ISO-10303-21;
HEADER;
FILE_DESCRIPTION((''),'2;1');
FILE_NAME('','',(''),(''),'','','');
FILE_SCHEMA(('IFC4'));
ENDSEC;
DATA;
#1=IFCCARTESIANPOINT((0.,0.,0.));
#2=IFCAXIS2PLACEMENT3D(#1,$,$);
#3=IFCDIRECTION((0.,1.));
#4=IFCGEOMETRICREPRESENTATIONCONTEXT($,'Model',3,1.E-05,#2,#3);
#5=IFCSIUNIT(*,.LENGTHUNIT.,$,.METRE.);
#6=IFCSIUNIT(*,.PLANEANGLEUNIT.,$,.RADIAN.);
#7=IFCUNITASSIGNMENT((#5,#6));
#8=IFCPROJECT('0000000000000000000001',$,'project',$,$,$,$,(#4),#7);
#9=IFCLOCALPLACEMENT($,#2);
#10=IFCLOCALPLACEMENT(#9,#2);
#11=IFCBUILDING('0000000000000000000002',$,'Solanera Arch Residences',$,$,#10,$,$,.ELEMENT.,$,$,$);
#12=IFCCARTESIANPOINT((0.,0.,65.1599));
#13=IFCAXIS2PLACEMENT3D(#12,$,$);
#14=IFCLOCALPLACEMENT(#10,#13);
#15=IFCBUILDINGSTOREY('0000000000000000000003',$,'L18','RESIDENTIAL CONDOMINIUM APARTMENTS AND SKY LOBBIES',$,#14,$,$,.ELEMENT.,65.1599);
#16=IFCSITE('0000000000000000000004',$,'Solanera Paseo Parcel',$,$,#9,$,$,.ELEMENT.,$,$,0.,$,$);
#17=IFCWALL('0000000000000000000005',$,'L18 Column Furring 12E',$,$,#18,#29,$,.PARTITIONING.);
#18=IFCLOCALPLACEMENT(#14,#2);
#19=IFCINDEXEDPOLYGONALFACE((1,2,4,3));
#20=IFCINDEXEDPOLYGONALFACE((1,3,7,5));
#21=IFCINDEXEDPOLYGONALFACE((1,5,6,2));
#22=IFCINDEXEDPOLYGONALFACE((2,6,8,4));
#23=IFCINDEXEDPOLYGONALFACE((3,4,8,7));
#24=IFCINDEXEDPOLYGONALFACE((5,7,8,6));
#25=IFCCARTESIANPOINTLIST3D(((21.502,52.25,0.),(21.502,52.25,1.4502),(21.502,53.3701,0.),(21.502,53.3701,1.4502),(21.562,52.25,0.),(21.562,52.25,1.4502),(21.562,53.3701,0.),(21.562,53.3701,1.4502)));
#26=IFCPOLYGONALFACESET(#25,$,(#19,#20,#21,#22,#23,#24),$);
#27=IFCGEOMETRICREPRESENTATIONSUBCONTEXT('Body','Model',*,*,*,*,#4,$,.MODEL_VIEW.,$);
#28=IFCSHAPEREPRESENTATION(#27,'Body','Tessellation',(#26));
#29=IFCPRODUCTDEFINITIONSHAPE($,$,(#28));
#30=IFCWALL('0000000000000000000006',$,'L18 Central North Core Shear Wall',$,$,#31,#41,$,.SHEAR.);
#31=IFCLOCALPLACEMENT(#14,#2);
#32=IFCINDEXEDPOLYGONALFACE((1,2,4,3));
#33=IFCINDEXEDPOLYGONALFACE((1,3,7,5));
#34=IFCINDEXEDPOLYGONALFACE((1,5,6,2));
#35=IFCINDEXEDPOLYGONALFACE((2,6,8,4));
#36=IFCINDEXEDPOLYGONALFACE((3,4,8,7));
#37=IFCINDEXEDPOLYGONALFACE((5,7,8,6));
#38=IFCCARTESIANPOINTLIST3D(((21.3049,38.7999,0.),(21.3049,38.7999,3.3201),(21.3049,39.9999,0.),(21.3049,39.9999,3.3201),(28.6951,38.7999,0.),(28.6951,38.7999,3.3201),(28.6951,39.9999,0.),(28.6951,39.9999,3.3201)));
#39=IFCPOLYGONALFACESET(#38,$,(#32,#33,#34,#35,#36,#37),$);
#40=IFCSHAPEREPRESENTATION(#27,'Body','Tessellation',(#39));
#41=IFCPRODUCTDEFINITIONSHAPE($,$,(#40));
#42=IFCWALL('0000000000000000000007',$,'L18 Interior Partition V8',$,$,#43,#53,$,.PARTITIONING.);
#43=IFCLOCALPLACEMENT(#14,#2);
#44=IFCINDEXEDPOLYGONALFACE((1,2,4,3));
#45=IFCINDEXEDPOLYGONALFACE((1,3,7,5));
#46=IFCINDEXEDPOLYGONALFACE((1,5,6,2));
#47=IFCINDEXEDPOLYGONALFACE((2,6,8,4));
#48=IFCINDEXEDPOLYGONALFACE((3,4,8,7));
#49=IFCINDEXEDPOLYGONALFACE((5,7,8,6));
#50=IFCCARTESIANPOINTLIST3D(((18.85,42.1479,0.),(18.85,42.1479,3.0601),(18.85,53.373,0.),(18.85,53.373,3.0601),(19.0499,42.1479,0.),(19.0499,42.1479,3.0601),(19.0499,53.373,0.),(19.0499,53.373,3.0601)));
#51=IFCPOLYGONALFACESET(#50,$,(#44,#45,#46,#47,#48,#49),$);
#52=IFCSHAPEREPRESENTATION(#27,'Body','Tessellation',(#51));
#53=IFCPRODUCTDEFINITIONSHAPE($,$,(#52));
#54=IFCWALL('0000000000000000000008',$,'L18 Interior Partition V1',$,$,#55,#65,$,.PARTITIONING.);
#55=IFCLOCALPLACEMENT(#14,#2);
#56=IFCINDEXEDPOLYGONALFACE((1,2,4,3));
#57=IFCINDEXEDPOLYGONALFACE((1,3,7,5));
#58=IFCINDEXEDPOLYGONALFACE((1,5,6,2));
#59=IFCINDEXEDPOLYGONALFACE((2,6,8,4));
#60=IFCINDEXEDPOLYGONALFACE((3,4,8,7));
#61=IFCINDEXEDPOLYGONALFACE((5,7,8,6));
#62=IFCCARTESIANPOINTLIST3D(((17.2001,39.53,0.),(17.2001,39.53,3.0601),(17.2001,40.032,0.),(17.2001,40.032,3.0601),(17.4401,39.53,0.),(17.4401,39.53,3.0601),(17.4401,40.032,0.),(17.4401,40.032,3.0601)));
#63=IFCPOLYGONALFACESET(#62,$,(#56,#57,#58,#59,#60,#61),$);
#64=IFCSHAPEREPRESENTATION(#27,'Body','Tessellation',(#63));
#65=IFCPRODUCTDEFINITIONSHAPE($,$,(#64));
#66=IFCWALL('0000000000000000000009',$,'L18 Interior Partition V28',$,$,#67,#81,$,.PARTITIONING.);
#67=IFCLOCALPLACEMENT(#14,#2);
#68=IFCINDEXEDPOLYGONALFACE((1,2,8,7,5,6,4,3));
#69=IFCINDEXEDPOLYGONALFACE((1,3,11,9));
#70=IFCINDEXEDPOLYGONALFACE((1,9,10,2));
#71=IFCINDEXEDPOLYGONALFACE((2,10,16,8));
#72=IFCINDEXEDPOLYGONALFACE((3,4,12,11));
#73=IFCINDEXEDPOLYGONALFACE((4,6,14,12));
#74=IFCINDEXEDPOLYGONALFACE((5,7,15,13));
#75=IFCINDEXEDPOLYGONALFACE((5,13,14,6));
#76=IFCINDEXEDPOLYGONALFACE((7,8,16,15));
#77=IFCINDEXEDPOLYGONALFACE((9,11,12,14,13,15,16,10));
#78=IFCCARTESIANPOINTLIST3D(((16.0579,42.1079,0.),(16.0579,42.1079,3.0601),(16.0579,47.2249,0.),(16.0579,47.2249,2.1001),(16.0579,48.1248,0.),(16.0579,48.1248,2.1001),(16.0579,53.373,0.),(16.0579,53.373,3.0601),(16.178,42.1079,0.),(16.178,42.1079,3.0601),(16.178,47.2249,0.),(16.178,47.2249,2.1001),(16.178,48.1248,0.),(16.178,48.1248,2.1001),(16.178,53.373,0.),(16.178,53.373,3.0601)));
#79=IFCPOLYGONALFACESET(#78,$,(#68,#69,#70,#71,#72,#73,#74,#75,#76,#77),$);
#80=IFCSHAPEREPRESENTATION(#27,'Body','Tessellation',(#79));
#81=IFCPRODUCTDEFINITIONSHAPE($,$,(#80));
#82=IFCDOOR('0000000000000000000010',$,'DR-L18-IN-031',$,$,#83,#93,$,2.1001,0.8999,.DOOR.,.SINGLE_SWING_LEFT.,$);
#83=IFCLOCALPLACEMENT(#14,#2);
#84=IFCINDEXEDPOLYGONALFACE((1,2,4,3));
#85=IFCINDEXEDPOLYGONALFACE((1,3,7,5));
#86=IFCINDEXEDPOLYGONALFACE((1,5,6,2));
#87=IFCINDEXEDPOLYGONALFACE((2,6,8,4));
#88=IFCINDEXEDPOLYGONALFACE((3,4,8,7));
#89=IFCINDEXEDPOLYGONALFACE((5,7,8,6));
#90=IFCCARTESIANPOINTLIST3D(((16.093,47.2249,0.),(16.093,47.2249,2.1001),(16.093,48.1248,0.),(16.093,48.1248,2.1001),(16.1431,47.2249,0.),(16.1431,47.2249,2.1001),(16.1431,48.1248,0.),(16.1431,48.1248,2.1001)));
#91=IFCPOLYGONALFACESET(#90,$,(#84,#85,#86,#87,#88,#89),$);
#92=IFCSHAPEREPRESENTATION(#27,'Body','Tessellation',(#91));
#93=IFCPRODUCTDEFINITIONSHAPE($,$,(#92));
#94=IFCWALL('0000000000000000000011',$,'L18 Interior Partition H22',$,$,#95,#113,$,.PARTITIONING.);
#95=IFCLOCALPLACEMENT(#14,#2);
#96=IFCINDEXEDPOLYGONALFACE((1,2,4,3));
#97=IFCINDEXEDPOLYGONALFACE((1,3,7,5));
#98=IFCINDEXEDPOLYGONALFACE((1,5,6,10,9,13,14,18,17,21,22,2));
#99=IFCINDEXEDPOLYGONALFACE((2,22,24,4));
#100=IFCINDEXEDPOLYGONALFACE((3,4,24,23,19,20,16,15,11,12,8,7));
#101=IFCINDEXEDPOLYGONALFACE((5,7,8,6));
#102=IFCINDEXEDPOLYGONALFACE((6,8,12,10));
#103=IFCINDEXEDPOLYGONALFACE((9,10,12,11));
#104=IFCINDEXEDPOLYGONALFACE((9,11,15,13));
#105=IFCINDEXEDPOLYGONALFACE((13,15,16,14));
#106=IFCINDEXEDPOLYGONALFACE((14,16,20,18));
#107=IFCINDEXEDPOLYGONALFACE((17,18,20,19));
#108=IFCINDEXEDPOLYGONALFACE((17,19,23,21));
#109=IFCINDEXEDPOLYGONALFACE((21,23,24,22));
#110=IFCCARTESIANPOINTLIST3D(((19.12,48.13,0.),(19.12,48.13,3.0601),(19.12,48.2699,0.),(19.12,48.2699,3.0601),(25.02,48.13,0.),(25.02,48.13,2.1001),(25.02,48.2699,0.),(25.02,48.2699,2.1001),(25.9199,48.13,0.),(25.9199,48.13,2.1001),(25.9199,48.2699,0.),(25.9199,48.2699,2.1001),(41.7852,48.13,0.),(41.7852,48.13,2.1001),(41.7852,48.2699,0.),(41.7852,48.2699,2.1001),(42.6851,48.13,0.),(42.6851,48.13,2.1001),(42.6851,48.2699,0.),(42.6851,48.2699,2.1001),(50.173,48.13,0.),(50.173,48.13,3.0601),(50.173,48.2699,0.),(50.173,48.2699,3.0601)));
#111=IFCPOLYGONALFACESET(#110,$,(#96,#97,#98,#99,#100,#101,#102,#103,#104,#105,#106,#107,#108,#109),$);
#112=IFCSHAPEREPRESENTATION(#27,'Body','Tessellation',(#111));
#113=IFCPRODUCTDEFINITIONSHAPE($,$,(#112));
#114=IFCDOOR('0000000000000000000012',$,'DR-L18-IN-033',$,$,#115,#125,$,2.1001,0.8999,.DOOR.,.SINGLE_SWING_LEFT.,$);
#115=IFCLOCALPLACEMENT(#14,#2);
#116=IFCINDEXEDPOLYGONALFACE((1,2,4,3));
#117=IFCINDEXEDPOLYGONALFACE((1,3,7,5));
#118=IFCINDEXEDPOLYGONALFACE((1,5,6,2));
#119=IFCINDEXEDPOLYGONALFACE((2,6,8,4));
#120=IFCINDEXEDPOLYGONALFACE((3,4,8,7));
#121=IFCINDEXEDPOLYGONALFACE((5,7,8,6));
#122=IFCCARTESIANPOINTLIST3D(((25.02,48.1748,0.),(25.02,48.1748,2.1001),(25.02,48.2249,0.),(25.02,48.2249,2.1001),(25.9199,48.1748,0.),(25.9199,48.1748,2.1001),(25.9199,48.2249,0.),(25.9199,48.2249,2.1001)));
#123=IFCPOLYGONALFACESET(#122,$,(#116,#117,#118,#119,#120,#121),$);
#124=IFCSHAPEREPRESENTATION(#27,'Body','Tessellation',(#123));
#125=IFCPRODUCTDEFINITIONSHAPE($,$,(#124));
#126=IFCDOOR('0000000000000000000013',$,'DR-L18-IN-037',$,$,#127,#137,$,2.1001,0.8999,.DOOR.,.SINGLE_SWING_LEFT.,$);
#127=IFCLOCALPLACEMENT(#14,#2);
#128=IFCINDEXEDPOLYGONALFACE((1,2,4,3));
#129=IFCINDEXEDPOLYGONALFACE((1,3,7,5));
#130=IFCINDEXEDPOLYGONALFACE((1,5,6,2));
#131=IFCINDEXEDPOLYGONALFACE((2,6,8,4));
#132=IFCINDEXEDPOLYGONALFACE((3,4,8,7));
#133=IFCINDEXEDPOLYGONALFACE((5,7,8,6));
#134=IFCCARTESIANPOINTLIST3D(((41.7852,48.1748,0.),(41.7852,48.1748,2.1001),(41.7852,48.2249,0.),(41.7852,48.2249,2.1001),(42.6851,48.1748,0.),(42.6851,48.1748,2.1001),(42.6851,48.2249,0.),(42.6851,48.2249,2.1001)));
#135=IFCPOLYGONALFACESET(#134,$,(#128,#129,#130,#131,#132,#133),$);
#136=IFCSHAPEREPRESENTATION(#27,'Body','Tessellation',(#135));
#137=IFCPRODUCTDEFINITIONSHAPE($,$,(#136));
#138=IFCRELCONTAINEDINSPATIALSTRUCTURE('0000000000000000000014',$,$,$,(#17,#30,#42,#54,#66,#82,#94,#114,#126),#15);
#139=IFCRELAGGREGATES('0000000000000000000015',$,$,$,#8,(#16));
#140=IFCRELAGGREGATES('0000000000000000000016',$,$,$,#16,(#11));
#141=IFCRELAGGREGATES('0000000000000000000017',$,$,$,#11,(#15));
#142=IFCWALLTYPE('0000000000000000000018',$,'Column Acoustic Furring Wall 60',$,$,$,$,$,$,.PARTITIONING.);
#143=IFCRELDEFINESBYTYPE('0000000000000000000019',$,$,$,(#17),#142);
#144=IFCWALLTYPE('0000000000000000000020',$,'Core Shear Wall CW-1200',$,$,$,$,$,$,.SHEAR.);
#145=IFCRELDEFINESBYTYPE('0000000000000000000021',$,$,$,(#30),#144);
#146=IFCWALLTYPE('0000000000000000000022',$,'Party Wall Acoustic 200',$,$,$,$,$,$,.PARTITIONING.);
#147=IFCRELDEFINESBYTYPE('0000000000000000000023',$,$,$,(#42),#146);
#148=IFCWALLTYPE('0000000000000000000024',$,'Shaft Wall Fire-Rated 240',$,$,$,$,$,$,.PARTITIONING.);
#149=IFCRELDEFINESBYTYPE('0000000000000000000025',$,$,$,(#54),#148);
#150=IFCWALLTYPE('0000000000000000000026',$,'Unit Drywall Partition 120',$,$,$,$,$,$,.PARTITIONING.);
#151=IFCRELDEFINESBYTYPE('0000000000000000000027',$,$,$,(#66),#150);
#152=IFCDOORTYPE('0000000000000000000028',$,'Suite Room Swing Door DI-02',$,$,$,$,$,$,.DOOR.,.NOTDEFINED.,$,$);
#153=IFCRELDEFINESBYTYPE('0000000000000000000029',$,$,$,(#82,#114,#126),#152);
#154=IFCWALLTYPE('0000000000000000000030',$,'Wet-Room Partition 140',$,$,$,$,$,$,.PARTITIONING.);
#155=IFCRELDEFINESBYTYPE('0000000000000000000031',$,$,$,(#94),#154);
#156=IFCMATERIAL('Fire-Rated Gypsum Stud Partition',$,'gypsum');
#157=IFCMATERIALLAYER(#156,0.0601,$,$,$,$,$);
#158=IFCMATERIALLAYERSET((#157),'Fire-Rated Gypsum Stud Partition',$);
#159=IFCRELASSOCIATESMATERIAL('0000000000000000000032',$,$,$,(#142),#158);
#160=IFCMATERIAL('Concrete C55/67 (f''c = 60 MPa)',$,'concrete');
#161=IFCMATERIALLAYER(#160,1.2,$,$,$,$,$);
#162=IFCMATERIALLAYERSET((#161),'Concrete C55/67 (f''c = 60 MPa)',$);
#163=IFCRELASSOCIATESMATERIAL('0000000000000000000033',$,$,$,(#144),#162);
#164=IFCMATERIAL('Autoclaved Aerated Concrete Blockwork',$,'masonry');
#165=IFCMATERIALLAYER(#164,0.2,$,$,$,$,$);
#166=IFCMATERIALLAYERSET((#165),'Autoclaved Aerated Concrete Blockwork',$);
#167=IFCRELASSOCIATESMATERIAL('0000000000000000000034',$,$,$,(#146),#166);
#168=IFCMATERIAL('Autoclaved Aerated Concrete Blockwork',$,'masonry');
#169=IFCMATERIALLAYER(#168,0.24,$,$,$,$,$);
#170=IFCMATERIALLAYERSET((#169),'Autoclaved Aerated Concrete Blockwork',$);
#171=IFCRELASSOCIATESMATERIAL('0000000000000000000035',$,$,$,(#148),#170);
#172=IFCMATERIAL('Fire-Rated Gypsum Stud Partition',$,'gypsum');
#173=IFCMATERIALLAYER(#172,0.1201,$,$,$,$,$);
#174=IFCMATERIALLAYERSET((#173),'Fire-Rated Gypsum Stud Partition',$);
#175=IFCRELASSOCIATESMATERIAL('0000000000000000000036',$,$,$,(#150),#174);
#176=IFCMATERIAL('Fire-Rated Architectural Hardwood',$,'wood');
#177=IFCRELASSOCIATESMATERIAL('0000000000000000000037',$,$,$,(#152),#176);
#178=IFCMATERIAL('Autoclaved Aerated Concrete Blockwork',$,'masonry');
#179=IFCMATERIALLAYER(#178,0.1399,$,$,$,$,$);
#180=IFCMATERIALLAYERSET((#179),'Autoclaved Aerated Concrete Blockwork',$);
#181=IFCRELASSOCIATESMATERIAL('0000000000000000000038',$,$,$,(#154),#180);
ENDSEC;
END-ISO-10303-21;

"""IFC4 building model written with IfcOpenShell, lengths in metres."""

from ifc_helpers import new_model, si_unit, direction, frame, frame_2d, origin, place, context, subcontext, project, spatial, rectangle, extrude, material, layer, layer_set, type_object, element, fill, save


model = new_model("IFC4")

# Units and contexts
model_context = context("Model", 3, precision=1e-05, world=origin(), true_north=direction((0.0, 1.0)))
body_context = subcontext(model_context, "Body", "Model", "MODEL_VIEW")
ifc_project = project(units=[si_unit("LENGTHUNIT", "METRE"), si_unit("PLANEANGLEUNIT", "RADIAN")], contexts=[model_context])

# Site, building, storey
site_placement = place(None, origin())
site = spatial("IfcSite", under=ifc_project, at=site_placement, Name="Solanera Paseo Parcel", CompositionType="ELEMENT", RefElevation=0.0)
building_placement = place(site_placement, origin())
building = spatial("IfcBuilding", under=site, at=building_placement, Name="Solanera Arch Residences", CompositionType="ELEMENT")
storey_placement = place(building_placement, frame((0.0, 0.0, 65.1599)))
storey = spatial("IfcBuildingStorey", under=building, at=storey_placement, Name="L18", Description="RESIDENTIAL CONDOMINIUM APARTMENTS AND SKY LOBBIES", CompositionType="ELEMENT", Elevation=65.1599)

# Walls
ifc_material_1 = material(Name="Fire-Rated Gypsum Stud Partition", Category="gypsum")
ifc_layer_1 = layer(ifc_material_1, 0.0601)
ifc_layer_set_1 = layer_set([ifc_layer_1], Name="Fire-Rated Gypsum Stud Partition")
wall_type_1 = type_object("IfcWallType", Name="Column Acoustic Furring Wall 60", PredefinedType="PARTITIONING", material=ifc_layer_set_1)
for number, where, z_axis, x_axis, name in (
    (1, (21.532, 52.25, 0.0), (0.0, 0.0, 1.0), (0.0, 1.0, 0.0), "L18 Column Furring 12E"),
):
    element("IfcWall", number, at=place(storey_placement, frame(where, z_axis=z_axis, x_axis=x_axis)), inside=storey, type_object=wall_type_1, Name=name, PredefinedType="PARTITIONING", context=body_context, shape_type="SweptSolid", body=[
        extrude(rectangle(XDim=1.1201, YDim=0.0601, at=frame_2d((0.5601, 0.0))), origin(), (0.0, 0.0, 1.0), 1.4502),
    ])
ifc_material_2 = material(Name="Concrete C55/67 (f'c = 60 MPa)", Category="concrete")
ifc_layer_2 = layer(ifc_material_2, 1.2)
ifc_layer_set_2 = layer_set([ifc_layer_2], Name="Concrete C55/67 (f'c = 60 MPa)")
wall_type_2 = type_object("IfcWallType", Name="Core Shear Wall CW-1200", PredefinedType="SHEAR", material=ifc_layer_set_2)
wall_1_placement = place(storey_placement, frame((21.3049, 39.3999, 0.0), z_axis=(0.0, 0.0, 1.0), x_axis=(1.0, 0.0, 0.0)))
element("IfcWall", 2, at=wall_1_placement, inside=storey, type_object=wall_type_2, Name="L18 Central North Core Shear Wall", PredefinedType="SHEAR", context=body_context, shape_type="SweptSolid", body=[
    extrude(rectangle(XDim=7.3901, YDim=1.2, at=frame_2d((3.6951, 0.0))), origin(), (0.0, 0.0, 1.0), 3.3201),
])
ifc_material_3 = material(Name="Autoclaved Aerated Concrete Blockwork", Category="masonry")
ifc_layer_3 = layer(ifc_material_3, 0.2)
ifc_layer_set_3 = layer_set([ifc_layer_3], Name="Autoclaved Aerated Concrete Blockwork")
wall_type_3 = type_object("IfcWallType", Name="Party Wall Acoustic 200", PredefinedType="PARTITIONING", material=ifc_layer_set_3)
wall_2_placement = place(storey_placement, frame((18.95, 42.1479, 0.0), z_axis=(0.0, 0.0, 1.0), x_axis=(0.0, 1.0, 0.0)))
element("IfcWall", 3, at=wall_2_placement, inside=storey, type_object=wall_type_3, Name="L18 Interior Partition V8", PredefinedType="PARTITIONING", context=body_context, shape_type="SweptSolid", body=[
    extrude(rectangle(XDim=11.2251, YDim=0.2, at=frame_2d((5.6125, 0.0))), origin(), (0.0, 0.0, 1.0), 3.0601),
])
ifc_material_4 = material(Name="Autoclaved Aerated Concrete Blockwork", Category="masonry")
ifc_layer_4 = layer(ifc_material_4, 0.24)
ifc_layer_set_4 = layer_set([ifc_layer_4], Name="Autoclaved Aerated Concrete Blockwork")
wall_type_4 = type_object("IfcWallType", Name="Shaft Wall Fire-Rated 240", PredefinedType="PARTITIONING", material=ifc_layer_set_4)
wall_3_placement = place(storey_placement, frame((17.3201, 39.53, 0.0), z_axis=(0.0, 0.0, 1.0), x_axis=(0.0, 1.0, 0.0)))
element("IfcWall", 4, at=wall_3_placement, inside=storey, type_object=wall_type_4, Name="L18 Interior Partition V1", PredefinedType="PARTITIONING", context=body_context, shape_type="SweptSolid", body=[
    extrude(rectangle(XDim=0.502, YDim=0.24, at=frame_2d((0.251, 0.0))), origin(), (0.0, 0.0, 1.0), 3.0601),
])

# Wall, opening, door
ifc_material_5 = material(Name="Fire-Rated Gypsum Stud Partition", Category="gypsum")
ifc_layer_5 = layer(ifc_material_5, 0.1201)
ifc_layer_set_5 = layer_set([ifc_layer_5], Name="Fire-Rated Gypsum Stud Partition")
wall_type_5 = type_object("IfcWallType", Name="Unit Drywall Partition 120", PredefinedType="PARTITIONING", material=ifc_layer_set_5)
wall_4_placement = place(storey_placement, frame((16.1179, 42.1079, 0.0), z_axis=(0.0, 0.0, 1.0), x_axis=(0.0, 1.0, 0.0)))
wall_4 = element("IfcWall", 5, at=wall_4_placement, inside=storey, type_object=wall_type_5, Name="L18 Interior Partition V28", PredefinedType="PARTITIONING", context=body_context, shape_type="SweptSolid", body=[
    extrude(rectangle(XDim=11.2651, YDim=0.1201, at=frame_2d((5.6326, 0.0))), origin(), (0.0, 0.0, 1.0), 3.0601),
])
opening_1_placement = place(wall_4_placement, frame((5.1169, 0.0, 0.0)))
opening_1 = element("IfcOpeningElement", 6, at=opening_1_placement, cuts=wall_4, PredefinedType="OPENING", context=body_context, shape_type="SweptSolid", body=[
    extrude(rectangle(XDim=0.8999, YDim=2.1001, at=frame_2d((0.45, 1.05))), frame((0.0, 0.0701, 0.0), z_axis=(0.0, -1.0, 0.0), x_axis=(1.0, 0.0, 0.0)), (0.0, 0.0, 1.0), 0.1401),
])
ifc_material_6 = material(Name="Fire-Rated Architectural Hardwood", Category="wood")
door_type = type_object("IfcDoorType", Name="Suite Room Swing Door DI-02", OperationType="NOTDEFINED", PredefinedType="DOOR", material=ifc_material_6)
door_1_placement = place(opening_1_placement, origin())
door_1 = element("IfcDoor", 7, at=door_1_placement, inside=storey, type_object=door_type, Name="DR-L18-IN-031", OperationType="SINGLE_SWING_LEFT", OverallHeight=2.1001, OverallWidth=0.8999, PredefinedType="DOOR", context=body_context, shape_type="SweptSolid", body=[
    extrude(rectangle(XDim=0.8999, YDim=2.1001, at=frame_2d((0.45, 1.05))), frame((0.0, 0.0249, 0.0), z_axis=(0.0, -1.0, 0.0), x_axis=(1.0, 0.0, 0.0)), (0.0, 0.0, 1.0), 0.05),
])
fill(opening_1, door_1)

# Wall, openings, doors
ifc_material_7 = material(Name="Autoclaved Aerated Concrete Blockwork", Category="masonry")
ifc_layer_6 = layer(ifc_material_7, 0.1399)
ifc_layer_set_6 = layer_set([ifc_layer_6], Name="Autoclaved Aerated Concrete Blockwork")
wall_type_6 = type_object("IfcWallType", Name="Wet-Room Partition 140", PredefinedType="PARTITIONING", material=ifc_layer_set_6)
wall_5_placement = place(storey_placement, frame((19.1201, 48.2, 0.0), z_axis=(0.0, 0.0, 1.0), x_axis=(1.0, 0.0, 0.0)))
wall_5 = element("IfcWall", 8, at=wall_5_placement, inside=storey, type_object=wall_type_6, Name="L18 Interior Partition H22", PredefinedType="PARTITIONING", context=body_context, shape_type="SweptSolid", body=[
    extrude(rectangle(XDim=31.053, YDim=0.1399, at=frame_2d((15.5264, 0.0))), origin(), (0.0, 0.0, 1.0), 3.0601),
])
opening_2_placement = place(wall_5_placement, frame((5.8999, 0.0, 0.0)))
opening_2 = element("IfcOpeningElement", 9, at=opening_2_placement, cuts=wall_5, PredefinedType="OPENING", context=body_context, shape_type="SweptSolid", body=[
    extrude(rectangle(XDim=0.8999, YDim=2.1001, at=frame_2d((0.45, 1.05))), frame((0.0, 0.0798, 0.0), z_axis=(0.0, -1.0, 0.0), x_axis=(1.0, 0.0, 0.0)), (0.0, 0.0, 1.0), 0.1599),
])
opening_3_placement = place(wall_5_placement, frame((22.665, 0.0, 0.0)))
opening_3 = element("IfcOpeningElement", 10, at=opening_3_placement, cuts=wall_5, PredefinedType="OPENING", context=body_context, shape_type="SweptSolid", body=[
    extrude(rectangle(XDim=0.8999, YDim=2.1001, at=frame_2d((0.45, 1.05))), frame((0.0, 0.0798, 0.0), z_axis=(0.0, -1.0, 0.0), x_axis=(1.0, 0.0, 0.0)), (0.0, 0.0, 1.0), 0.1599),
])
door_2_placement = place(opening_2_placement, origin())
door_2 = element("IfcDoor", 11, at=door_2_placement, inside=storey, type_object=door_type, Name="DR-L18-IN-033", OperationType="SINGLE_SWING_LEFT", OverallHeight=2.1001, OverallWidth=0.8999, PredefinedType="DOOR", context=body_context, shape_type="SweptSolid", body=[
    extrude(rectangle(XDim=0.8999, YDim=2.1001, at=frame_2d((0.45, 1.05))), frame((0.0, 0.0249, 0.0), z_axis=(0.0, -1.0, 0.0), x_axis=(1.0, 0.0, 0.0)), (0.0, 0.0, 1.0), 0.05),
])
fill(opening_2, door_2)
door_3_placement = place(opening_3_placement, origin())
door_3 = element("IfcDoor", 12, at=door_3_placement, inside=storey, type_object=door_type, Name="DR-L18-IN-037", OperationType="SINGLE_SWING_LEFT", OverallHeight=2.1001, OverallWidth=0.8999, PredefinedType="DOOR", context=body_context, shape_type="SweptSolid", body=[
    extrude(rectangle(XDim=0.8999, YDim=2.1001, at=frame_2d((0.45, 1.05))), frame((0.0, 0.0249, 0.0), z_axis=(0.0, -1.0, 0.0), x_axis=(1.0, 0.0, 0.0)), (0.0, 0.0, 1.0), 0.05),
])
fill(opening_3, door_3)

save(model, "model.ifc")
